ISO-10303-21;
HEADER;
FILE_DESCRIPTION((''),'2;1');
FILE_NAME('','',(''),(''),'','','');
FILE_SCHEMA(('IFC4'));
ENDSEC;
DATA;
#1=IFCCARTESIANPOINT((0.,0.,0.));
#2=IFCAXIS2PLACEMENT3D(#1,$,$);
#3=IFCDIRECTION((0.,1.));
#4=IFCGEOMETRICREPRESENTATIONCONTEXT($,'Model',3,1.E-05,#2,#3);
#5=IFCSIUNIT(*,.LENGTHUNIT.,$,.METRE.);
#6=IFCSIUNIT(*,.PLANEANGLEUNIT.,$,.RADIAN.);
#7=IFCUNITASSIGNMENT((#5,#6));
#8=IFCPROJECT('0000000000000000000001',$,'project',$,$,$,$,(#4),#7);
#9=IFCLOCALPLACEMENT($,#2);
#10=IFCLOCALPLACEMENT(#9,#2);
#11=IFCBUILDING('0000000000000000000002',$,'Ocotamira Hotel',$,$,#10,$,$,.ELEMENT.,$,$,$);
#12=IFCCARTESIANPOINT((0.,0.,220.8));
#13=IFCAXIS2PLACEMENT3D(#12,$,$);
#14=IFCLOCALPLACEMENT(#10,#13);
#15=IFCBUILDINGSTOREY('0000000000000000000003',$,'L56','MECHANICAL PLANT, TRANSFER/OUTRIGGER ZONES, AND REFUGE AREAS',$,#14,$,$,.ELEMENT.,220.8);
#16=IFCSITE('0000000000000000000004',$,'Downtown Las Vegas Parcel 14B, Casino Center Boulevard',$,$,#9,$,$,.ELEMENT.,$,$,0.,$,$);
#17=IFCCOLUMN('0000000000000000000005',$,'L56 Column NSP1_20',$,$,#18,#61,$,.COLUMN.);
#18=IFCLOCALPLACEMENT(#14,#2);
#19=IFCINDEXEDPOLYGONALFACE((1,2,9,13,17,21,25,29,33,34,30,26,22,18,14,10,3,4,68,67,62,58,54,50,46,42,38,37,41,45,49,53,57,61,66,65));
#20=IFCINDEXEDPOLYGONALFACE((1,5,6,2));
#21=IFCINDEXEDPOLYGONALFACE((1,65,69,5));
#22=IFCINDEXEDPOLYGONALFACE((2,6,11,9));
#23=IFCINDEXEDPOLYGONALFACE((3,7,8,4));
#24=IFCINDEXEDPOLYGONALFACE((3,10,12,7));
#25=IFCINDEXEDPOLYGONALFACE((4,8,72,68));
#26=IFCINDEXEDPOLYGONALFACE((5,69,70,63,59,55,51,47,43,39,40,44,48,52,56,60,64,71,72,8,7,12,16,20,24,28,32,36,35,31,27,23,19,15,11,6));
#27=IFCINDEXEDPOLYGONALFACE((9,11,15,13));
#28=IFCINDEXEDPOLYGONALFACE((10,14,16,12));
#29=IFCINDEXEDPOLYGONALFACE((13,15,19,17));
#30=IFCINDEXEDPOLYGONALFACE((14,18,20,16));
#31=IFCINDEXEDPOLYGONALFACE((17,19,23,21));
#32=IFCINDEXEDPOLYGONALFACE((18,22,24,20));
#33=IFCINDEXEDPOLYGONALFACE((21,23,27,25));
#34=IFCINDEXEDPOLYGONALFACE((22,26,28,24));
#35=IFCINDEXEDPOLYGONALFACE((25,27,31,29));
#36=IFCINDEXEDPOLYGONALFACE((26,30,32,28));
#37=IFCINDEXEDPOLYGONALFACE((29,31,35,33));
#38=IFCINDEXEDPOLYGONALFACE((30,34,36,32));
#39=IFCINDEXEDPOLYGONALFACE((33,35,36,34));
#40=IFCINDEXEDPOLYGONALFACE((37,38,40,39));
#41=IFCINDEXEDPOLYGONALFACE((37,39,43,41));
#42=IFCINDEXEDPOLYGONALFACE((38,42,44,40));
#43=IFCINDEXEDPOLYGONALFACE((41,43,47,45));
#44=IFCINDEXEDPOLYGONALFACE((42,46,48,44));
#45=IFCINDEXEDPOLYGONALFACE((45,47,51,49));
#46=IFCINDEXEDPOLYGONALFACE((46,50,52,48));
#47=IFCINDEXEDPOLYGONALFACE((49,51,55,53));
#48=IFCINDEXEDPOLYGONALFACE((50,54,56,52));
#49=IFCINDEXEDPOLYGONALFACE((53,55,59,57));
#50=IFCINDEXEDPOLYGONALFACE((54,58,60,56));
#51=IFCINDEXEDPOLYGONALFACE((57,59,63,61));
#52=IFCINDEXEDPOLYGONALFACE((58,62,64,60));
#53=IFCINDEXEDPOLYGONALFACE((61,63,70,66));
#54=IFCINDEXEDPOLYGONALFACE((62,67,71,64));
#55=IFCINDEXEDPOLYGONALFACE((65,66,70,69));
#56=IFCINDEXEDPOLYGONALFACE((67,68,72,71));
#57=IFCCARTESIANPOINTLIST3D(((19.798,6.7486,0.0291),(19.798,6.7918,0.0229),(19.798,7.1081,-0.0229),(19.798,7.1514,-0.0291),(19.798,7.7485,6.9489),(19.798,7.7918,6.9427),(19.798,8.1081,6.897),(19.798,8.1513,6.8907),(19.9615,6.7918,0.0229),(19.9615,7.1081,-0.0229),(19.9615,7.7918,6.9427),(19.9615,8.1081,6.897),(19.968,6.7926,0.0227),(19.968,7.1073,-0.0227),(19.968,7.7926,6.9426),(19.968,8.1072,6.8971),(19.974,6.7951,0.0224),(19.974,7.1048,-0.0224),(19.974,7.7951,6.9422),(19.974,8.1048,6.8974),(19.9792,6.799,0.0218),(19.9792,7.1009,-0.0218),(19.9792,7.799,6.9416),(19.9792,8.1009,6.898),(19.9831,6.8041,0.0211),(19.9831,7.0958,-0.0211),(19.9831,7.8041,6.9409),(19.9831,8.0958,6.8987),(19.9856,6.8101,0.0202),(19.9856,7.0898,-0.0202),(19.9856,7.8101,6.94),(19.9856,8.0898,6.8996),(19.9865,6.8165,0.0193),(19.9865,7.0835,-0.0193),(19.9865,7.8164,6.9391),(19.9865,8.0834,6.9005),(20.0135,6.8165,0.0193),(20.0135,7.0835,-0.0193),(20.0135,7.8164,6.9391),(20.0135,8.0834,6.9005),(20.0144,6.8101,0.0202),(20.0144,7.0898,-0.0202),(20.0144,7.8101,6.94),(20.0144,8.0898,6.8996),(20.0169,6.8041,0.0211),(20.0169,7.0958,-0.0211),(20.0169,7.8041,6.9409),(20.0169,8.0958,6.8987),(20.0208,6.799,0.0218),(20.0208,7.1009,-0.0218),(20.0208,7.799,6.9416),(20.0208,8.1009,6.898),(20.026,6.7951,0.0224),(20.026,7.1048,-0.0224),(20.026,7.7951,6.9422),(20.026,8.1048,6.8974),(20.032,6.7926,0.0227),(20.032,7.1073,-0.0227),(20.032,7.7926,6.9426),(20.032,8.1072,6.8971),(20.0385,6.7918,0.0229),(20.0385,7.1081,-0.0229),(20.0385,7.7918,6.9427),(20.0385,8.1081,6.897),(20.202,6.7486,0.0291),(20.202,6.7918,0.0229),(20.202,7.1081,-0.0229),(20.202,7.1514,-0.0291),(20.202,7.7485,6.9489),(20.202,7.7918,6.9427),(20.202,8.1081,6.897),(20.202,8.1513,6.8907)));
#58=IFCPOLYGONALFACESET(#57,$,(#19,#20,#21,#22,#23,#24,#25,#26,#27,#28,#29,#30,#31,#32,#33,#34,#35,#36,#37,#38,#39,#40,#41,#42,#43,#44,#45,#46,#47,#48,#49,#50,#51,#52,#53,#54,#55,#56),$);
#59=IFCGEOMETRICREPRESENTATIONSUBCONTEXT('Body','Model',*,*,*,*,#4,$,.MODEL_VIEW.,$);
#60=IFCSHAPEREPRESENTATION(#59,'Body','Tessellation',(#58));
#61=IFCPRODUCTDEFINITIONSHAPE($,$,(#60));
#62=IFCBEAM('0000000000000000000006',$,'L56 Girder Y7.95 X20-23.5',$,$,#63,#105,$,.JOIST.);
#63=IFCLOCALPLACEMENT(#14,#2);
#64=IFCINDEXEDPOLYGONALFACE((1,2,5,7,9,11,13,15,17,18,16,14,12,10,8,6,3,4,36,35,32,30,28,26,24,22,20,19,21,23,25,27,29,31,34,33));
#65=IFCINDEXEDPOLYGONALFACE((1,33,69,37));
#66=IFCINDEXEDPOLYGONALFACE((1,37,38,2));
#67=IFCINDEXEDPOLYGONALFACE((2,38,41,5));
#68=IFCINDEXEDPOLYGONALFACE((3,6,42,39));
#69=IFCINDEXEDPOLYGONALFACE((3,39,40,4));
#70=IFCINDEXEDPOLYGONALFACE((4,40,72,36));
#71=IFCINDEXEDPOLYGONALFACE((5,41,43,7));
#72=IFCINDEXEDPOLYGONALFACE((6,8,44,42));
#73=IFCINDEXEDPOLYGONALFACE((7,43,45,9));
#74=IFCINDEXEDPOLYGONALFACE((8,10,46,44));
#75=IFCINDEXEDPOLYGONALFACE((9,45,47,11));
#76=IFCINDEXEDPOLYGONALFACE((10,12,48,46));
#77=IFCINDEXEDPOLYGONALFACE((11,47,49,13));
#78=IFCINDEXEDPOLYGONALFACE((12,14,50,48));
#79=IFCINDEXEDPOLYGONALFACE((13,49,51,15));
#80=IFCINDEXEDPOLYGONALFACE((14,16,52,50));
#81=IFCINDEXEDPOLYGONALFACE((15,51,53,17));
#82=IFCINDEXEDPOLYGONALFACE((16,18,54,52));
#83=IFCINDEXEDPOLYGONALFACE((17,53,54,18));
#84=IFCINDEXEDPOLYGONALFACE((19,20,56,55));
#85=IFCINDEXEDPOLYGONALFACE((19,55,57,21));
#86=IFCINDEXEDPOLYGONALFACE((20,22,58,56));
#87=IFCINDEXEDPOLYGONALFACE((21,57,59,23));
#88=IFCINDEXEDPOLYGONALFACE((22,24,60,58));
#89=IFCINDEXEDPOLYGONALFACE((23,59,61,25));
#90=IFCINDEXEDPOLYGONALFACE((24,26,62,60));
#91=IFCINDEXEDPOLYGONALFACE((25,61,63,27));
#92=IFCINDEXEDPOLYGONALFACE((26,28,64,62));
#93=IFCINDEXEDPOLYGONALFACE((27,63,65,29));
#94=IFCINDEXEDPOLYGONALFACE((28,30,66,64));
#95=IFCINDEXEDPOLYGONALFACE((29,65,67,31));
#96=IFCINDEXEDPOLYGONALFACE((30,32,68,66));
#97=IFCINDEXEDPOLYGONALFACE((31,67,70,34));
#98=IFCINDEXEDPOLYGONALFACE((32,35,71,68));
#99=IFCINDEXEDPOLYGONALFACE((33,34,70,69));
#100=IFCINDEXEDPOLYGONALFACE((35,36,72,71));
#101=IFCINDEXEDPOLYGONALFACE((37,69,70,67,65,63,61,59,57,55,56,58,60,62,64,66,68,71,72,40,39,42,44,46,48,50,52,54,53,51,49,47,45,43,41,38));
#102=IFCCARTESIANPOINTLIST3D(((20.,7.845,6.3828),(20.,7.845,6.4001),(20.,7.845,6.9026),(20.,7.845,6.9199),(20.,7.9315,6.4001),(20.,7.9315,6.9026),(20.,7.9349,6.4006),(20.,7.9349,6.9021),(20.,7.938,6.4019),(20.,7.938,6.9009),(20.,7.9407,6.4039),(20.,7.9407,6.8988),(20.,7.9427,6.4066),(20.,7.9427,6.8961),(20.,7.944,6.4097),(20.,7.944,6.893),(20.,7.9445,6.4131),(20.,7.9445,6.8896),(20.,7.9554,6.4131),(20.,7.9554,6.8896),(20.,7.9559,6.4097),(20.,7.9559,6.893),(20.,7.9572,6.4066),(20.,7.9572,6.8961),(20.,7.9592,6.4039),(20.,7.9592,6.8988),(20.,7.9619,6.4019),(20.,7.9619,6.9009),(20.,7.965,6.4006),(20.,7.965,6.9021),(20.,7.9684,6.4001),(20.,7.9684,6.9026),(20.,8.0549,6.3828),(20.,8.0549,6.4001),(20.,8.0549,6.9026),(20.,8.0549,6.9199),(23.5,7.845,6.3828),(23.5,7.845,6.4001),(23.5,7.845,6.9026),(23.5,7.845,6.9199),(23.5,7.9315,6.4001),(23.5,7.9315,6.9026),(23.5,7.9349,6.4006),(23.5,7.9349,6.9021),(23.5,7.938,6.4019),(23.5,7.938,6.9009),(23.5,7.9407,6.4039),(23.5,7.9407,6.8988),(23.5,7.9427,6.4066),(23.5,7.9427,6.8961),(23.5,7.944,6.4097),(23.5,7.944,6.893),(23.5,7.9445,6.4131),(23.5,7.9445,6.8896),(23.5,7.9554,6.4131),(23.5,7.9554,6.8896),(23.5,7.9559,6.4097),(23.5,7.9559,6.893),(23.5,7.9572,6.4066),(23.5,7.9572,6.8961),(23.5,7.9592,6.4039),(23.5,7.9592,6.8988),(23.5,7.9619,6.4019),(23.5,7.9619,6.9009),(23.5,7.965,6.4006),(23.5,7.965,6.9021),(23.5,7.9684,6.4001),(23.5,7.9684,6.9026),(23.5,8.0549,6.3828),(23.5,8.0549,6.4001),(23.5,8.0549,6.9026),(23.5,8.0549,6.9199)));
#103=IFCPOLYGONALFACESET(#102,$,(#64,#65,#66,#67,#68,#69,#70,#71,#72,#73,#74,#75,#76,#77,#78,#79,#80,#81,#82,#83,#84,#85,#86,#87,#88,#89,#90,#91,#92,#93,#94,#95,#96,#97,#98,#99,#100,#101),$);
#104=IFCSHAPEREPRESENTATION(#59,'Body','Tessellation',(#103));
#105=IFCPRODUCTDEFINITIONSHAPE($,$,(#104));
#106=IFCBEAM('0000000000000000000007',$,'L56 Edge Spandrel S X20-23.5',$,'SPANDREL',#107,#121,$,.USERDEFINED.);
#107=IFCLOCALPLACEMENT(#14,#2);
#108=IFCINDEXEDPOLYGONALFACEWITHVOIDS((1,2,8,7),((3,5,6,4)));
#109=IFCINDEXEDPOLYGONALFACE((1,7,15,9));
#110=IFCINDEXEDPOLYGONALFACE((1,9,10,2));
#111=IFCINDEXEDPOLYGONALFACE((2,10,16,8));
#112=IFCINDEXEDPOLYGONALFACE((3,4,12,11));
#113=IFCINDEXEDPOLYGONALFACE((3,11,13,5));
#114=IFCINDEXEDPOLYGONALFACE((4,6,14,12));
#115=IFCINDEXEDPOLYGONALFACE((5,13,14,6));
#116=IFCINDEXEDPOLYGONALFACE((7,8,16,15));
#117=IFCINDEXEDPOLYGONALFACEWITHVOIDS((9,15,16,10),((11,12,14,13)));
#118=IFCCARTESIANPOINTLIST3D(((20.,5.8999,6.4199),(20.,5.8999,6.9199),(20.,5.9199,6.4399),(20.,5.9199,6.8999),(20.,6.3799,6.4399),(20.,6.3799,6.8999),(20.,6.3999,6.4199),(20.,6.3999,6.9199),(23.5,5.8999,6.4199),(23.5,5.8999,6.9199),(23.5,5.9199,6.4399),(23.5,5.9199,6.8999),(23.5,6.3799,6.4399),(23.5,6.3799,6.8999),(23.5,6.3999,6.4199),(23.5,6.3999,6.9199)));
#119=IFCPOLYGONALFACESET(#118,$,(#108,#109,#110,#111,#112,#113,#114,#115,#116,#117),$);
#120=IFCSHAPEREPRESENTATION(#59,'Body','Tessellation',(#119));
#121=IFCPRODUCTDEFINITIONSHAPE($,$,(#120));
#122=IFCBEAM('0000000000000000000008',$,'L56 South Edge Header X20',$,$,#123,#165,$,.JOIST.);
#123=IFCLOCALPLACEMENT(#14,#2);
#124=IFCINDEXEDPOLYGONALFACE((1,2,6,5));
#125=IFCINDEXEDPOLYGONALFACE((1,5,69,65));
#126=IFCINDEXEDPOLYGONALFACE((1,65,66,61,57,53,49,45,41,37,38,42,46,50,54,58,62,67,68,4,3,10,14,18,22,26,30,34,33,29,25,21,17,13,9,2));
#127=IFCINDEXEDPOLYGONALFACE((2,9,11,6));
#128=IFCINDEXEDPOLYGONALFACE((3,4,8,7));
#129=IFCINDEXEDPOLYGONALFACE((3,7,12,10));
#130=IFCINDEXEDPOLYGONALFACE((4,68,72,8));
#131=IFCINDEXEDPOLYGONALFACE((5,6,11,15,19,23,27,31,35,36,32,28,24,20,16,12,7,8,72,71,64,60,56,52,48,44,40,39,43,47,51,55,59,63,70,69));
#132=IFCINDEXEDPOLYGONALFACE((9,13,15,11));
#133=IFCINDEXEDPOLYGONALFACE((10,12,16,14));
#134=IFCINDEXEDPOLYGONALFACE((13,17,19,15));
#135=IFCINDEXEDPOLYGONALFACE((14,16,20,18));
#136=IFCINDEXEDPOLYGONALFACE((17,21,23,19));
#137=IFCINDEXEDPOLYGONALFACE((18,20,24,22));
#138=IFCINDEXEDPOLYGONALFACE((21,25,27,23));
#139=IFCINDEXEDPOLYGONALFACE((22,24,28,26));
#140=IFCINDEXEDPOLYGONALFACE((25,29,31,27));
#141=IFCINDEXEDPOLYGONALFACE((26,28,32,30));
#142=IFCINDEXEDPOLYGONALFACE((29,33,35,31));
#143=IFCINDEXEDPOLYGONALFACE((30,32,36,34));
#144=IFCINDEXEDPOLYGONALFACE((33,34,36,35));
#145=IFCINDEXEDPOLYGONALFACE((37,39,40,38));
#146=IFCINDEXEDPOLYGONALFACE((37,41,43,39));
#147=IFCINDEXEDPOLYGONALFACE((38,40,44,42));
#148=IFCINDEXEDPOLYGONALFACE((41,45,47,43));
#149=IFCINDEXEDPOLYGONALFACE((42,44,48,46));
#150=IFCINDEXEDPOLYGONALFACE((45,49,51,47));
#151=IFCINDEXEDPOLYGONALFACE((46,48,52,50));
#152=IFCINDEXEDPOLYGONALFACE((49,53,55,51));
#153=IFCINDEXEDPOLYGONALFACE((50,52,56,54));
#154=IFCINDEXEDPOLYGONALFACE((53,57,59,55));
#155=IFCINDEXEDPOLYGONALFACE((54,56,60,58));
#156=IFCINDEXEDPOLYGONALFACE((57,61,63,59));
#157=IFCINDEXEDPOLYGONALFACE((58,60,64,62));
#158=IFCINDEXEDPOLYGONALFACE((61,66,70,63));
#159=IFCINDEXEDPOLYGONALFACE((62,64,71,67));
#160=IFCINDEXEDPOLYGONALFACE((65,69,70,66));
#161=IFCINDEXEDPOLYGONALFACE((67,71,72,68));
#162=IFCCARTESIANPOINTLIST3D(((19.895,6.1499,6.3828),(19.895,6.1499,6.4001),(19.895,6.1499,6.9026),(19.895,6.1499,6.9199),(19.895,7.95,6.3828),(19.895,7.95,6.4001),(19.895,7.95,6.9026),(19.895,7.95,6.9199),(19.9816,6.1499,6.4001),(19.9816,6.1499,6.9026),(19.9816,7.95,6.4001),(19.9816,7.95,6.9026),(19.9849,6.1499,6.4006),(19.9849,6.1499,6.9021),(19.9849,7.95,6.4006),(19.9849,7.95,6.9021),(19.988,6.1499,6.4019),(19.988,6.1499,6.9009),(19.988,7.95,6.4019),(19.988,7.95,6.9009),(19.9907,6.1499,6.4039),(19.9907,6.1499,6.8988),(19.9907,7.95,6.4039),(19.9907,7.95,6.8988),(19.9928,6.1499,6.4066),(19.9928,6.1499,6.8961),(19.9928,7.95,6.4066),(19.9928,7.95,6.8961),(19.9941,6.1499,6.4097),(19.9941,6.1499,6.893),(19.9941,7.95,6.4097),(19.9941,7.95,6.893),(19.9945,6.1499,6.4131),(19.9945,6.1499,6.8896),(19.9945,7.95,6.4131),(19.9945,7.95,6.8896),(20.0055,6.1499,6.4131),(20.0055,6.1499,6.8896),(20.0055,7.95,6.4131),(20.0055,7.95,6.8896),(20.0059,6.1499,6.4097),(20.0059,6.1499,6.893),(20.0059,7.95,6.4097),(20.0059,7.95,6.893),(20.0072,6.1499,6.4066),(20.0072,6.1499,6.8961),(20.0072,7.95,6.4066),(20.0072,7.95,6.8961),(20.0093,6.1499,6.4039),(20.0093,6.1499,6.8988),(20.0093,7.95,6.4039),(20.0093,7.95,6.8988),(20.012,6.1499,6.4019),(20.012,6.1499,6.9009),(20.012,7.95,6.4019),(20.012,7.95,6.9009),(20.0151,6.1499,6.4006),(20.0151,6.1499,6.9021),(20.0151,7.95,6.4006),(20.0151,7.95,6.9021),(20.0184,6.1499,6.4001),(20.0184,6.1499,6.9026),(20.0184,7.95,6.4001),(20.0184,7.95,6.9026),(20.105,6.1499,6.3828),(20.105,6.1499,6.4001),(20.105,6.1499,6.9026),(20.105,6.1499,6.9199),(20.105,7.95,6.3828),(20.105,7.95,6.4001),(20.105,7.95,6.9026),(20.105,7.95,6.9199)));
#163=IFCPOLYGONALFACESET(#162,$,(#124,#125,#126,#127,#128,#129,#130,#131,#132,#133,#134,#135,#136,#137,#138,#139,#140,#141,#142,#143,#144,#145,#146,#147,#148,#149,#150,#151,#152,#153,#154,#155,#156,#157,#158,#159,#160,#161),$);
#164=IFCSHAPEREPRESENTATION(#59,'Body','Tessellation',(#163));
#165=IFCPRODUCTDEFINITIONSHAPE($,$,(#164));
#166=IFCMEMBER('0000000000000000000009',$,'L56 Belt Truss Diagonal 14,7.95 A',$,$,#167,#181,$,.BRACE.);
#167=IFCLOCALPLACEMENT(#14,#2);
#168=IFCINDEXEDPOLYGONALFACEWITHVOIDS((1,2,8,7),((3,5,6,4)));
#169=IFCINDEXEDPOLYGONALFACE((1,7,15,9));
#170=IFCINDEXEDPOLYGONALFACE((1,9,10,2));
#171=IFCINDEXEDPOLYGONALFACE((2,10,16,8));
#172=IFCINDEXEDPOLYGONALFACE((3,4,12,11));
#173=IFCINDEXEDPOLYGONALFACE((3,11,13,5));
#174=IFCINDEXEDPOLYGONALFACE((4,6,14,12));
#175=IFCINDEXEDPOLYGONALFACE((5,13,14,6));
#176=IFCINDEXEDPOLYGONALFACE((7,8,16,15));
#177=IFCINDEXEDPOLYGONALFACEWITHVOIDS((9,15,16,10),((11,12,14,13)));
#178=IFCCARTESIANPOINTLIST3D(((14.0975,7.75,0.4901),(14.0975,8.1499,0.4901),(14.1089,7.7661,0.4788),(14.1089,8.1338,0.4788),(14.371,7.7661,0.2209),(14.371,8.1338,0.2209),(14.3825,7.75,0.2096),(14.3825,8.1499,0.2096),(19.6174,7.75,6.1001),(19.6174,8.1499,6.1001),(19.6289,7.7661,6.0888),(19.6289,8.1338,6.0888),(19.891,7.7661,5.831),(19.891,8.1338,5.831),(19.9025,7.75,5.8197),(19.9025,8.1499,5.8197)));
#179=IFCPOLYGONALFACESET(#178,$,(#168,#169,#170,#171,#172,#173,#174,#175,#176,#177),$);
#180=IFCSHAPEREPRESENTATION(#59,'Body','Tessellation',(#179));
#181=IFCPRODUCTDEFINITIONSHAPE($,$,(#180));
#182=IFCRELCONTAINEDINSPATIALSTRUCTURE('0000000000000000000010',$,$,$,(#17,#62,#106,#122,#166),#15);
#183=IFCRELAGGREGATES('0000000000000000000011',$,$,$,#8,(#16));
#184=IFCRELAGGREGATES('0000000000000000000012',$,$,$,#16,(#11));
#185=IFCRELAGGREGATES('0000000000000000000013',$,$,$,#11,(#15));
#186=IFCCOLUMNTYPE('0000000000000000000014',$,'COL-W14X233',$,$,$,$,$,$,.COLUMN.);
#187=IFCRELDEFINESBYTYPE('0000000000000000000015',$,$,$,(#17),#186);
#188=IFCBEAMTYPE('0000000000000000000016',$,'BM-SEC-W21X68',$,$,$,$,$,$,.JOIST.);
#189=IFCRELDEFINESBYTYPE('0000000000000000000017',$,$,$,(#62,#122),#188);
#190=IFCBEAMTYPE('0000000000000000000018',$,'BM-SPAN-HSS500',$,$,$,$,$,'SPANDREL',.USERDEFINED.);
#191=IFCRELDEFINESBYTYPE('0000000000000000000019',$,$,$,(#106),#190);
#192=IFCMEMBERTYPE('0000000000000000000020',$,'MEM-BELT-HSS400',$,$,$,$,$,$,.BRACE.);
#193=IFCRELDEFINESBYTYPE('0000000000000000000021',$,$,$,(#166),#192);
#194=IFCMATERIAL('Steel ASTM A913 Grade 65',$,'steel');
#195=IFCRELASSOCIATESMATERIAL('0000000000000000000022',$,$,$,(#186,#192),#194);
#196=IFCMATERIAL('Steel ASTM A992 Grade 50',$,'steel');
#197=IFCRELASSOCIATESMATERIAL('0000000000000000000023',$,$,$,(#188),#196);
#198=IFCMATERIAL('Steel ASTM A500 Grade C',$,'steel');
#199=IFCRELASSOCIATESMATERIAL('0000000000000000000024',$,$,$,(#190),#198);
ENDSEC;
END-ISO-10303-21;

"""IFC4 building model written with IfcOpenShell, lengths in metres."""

from ifc_helpers import new_model, si_unit, direction, frame, origin, origin_2d, place, context, subcontext, project, spatial, hollow_rectangle, i_section, extrude, source, transform, mapped, material, material_profile, profile_set, type_object, element, save


model = new_model("IFC4")

# Units and contexts
model_context = context("Model", 3, precision=1e-05, world=origin(), true_north=direction((0.0, 1.0)))
body_context = subcontext(model_context, "Body", "Model", "MODEL_VIEW")
ifc_project = project(units=[si_unit("LENGTHUNIT", "METRE"), si_unit("PLANEANGLEUNIT", "RADIAN")], contexts=[model_context])

# Site, building, storey
site_placement = place(None, origin())
site = spatial("IfcSite", under=ifc_project, at=site_placement, Name="Downtown Las Vegas Parcel 14B, Casino Center Boulevard", CompositionType="ELEMENT", RefElevation=0.0)
building_placement = place(site_placement, origin())
building = spatial("IfcBuilding", under=site, at=building_placement, Name="Ocotamira Hotel", CompositionType="ELEMENT")
storey_placement = place(building_placement, frame((0.0, 0.0, 220.8)))
storey = spatial("IfcBuildingStorey", under=building, at=storey_placement, Name="L56", Description="MECHANICAL PLANT, TRANSFER/OUTRIGGER ZONES, AND REFUGE AREAS", CompositionType="ELEMENT", Elevation=220.8)

# Column
ifc_material_1 = material(Name="Steel ASTM A913 Grade 65", Category="steel")
ifc_material_profile_1 = material_profile(ifc_material_1, i_section(OverallWidth=0.4041, OverallDepth=0.407, WebThickness=0.0271, FlangeThickness=0.0437, FilletRadius=0.0249, at=origin_2d()), Name="W14X233")
ifc_profile_set_1 = profile_set([ifc_material_profile_1], Name="Steel ASTM A913 Grade 65")
column_type = type_object("IfcColumnType", Name="COL-W14X233", PredefinedType="COLUMN", material=ifc_profile_set_1)
shared_shape_1 = source(origin(), body_context, "Body", "SweptSolid", [
    extrude(i_section(OverallWidth=0.4041, OverallDepth=0.407, WebThickness=0.0271, FlangeThickness=0.0437, FilletRadius=0.0249, at=origin_2d()), origin(), (0.0, 0.0, 1.0), 6.9917),
])
column_placement = place(storey_placement, frame((20.0, 6.95, 0.0), z_axis=(0.0, 0.143025, 0.989719), x_axis=(-1.0, 0.0, 0.0)))
element("IfcColumn", 1, at=column_placement, inside=storey, type_object=column_type, Name="L56 Column NSP1_20", PredefinedType="COLUMN", context=body_context, shape_type="MappedRepresentation", body=[
    mapped(shared_shape_1, transform((0.0, 0.0, 0.0), scale=1.0)),
])

# Beams
ifc_material_2 = material(Name="Steel ASTM A992 Grade 50", Category="steel")
ifc_material_profile_2 = material_profile(ifc_material_2, i_section(OverallWidth=0.21, OverallDepth=0.5371, WebThickness=0.011, FlangeThickness=0.0173, FilletRadius=0.0129, at=origin_2d()), Name="W21X68")
ifc_profile_set_2 = profile_set([ifc_material_profile_2], Name="Steel ASTM A992 Grade 50")
beam_type_1 = type_object("IfcBeamType", Name="BM-SEC-W21X68", PredefinedType="JOIST", material=ifc_profile_set_2)
shared_shape_2 = source(origin(), body_context, "Body", "SweptSolid", [
    extrude(i_section(OverallWidth=0.21, OverallDepth=0.5371, WebThickness=0.011, FlangeThickness=0.0173, FilletRadius=0.0129, at=origin_2d()), origin(), (0.0, 0.0, 1.0), 3.5),
])
beam_1_placement = place(storey_placement, frame((20.0, 7.95, 6.6514), z_axis=(1.0, 0.0, 0.0), x_axis=(0.0, 1.0, 0.0)))
element("IfcBeam", 2, at=beam_1_placement, inside=storey, type_object=beam_type_1, Name="L56 Girder Y7.95 X20-23.5", PredefinedType="JOIST", context=body_context, shape_type="MappedRepresentation", body=[
    mapped(shared_shape_2, transform((0.0, 0.0, 0.0), scale=1.0)),
])
ifc_material_3 = material(Name="Steel ASTM A500 Grade C", Category="steel")
ifc_material_profile_3 = material_profile(ifc_material_3, hollow_rectangle(XDim=0.5, YDim=0.5, WallThickness=0.02, at=origin_2d()), Name="HSS500X500X20")
ifc_profile_set_3 = profile_set([ifc_material_profile_3], Name="Steel ASTM A500 Grade C")
beam_type_2 = type_object("IfcBeamType", Name="BM-SPAN-HSS500", ElementType="SPANDREL", PredefinedType="USERDEFINED", material=ifc_profile_set_3)
shared_shape_3 = source(origin(), body_context, "Body", "SweptSolid", [
    extrude(hollow_rectangle(XDim=0.5, YDim=0.5, WallThickness=0.02, at=origin_2d()), origin(), (0.0, 0.0, 1.0), 3.5),
])
beam_2_placement = place(storey_placement, frame((20.0, 6.1499, 6.6699), z_axis=(1.0, 0.0, 0.0), x_axis=(0.0, 1.0, 0.0)))
element("IfcBeam", 3, at=beam_2_placement, inside=storey, type_object=beam_type_2, Name="L56 Edge Spandrel S X20-23.5", ObjectType="SPANDREL", PredefinedType="USERDEFINED", context=body_context, shape_type="MappedRepresentation", body=[
    mapped(shared_shape_3, transform((0.0, 0.0, 0.0), scale=1.0)),
])
shared_shape_4 = source(origin(), body_context, "Body", "SweptSolid", [
    extrude(i_section(OverallWidth=0.21, OverallDepth=0.5371, WebThickness=0.011, FlangeThickness=0.0173, FilletRadius=0.0129, at=origin_2d()), origin(), (0.0, 0.0, 1.0), 1.8),
])
beam_3_placement = place(storey_placement, frame((20.0, 7.95, 6.6514), z_axis=(0.0, -1.0, 0.0), x_axis=(1.0, 0.0, 0.0)))
element("IfcBeam", 4, at=beam_3_placement, inside=storey, type_object=beam_type_1, Name="L56 South Edge Header X20", PredefinedType="JOIST", context=body_context, shape_type="MappedRepresentation", body=[
    mapped(shared_shape_4, transform((0.0, 0.0, 0.0), scale=1.0)),
])

# Member
ifc_material_profile_4 = material_profile(ifc_material_1, hollow_rectangle(XDim=0.3999, YDim=0.3999, WallThickness=0.0161, at=origin_2d()), Name="HSS400X400X16")
ifc_profile_set_4 = profile_set([ifc_material_profile_4], Name="Steel ASTM A913 Grade 65")
member_type_1 = type_object("IfcMemberType", Name="MEM-BELT-HSS400", PredefinedType="BRACE", material=ifc_profile_set_4)
shared_shape_5 = source(origin(), body_context, "Body", "SweptSolid", [
    extrude(hollow_rectangle(XDim=0.3999, YDim=0.3999, WallThickness=0.0161, at=origin_2d()), origin(), (0.0, 0.0, 1.0), 7.8704),
])
member_1_placement = place(storey_placement, frame((14.24, 7.95, 0.3499), z_axis=(0.70136, 0.0, 0.712807), x_axis=(0.0, 1.0, 0.0)))
element("IfcMember", 5, at=member_1_placement, inside=storey, type_object=member_type_1, Name="L56 Belt Truss Diagonal 14,7.95 A", PredefinedType="BRACE", context=body_context, shape_type="MappedRepresentation", body=[
    mapped(shared_shape_5, transform((0.0, 0.0, 0.0), scale=1.0)),
])

save(model, "model.ifc")
